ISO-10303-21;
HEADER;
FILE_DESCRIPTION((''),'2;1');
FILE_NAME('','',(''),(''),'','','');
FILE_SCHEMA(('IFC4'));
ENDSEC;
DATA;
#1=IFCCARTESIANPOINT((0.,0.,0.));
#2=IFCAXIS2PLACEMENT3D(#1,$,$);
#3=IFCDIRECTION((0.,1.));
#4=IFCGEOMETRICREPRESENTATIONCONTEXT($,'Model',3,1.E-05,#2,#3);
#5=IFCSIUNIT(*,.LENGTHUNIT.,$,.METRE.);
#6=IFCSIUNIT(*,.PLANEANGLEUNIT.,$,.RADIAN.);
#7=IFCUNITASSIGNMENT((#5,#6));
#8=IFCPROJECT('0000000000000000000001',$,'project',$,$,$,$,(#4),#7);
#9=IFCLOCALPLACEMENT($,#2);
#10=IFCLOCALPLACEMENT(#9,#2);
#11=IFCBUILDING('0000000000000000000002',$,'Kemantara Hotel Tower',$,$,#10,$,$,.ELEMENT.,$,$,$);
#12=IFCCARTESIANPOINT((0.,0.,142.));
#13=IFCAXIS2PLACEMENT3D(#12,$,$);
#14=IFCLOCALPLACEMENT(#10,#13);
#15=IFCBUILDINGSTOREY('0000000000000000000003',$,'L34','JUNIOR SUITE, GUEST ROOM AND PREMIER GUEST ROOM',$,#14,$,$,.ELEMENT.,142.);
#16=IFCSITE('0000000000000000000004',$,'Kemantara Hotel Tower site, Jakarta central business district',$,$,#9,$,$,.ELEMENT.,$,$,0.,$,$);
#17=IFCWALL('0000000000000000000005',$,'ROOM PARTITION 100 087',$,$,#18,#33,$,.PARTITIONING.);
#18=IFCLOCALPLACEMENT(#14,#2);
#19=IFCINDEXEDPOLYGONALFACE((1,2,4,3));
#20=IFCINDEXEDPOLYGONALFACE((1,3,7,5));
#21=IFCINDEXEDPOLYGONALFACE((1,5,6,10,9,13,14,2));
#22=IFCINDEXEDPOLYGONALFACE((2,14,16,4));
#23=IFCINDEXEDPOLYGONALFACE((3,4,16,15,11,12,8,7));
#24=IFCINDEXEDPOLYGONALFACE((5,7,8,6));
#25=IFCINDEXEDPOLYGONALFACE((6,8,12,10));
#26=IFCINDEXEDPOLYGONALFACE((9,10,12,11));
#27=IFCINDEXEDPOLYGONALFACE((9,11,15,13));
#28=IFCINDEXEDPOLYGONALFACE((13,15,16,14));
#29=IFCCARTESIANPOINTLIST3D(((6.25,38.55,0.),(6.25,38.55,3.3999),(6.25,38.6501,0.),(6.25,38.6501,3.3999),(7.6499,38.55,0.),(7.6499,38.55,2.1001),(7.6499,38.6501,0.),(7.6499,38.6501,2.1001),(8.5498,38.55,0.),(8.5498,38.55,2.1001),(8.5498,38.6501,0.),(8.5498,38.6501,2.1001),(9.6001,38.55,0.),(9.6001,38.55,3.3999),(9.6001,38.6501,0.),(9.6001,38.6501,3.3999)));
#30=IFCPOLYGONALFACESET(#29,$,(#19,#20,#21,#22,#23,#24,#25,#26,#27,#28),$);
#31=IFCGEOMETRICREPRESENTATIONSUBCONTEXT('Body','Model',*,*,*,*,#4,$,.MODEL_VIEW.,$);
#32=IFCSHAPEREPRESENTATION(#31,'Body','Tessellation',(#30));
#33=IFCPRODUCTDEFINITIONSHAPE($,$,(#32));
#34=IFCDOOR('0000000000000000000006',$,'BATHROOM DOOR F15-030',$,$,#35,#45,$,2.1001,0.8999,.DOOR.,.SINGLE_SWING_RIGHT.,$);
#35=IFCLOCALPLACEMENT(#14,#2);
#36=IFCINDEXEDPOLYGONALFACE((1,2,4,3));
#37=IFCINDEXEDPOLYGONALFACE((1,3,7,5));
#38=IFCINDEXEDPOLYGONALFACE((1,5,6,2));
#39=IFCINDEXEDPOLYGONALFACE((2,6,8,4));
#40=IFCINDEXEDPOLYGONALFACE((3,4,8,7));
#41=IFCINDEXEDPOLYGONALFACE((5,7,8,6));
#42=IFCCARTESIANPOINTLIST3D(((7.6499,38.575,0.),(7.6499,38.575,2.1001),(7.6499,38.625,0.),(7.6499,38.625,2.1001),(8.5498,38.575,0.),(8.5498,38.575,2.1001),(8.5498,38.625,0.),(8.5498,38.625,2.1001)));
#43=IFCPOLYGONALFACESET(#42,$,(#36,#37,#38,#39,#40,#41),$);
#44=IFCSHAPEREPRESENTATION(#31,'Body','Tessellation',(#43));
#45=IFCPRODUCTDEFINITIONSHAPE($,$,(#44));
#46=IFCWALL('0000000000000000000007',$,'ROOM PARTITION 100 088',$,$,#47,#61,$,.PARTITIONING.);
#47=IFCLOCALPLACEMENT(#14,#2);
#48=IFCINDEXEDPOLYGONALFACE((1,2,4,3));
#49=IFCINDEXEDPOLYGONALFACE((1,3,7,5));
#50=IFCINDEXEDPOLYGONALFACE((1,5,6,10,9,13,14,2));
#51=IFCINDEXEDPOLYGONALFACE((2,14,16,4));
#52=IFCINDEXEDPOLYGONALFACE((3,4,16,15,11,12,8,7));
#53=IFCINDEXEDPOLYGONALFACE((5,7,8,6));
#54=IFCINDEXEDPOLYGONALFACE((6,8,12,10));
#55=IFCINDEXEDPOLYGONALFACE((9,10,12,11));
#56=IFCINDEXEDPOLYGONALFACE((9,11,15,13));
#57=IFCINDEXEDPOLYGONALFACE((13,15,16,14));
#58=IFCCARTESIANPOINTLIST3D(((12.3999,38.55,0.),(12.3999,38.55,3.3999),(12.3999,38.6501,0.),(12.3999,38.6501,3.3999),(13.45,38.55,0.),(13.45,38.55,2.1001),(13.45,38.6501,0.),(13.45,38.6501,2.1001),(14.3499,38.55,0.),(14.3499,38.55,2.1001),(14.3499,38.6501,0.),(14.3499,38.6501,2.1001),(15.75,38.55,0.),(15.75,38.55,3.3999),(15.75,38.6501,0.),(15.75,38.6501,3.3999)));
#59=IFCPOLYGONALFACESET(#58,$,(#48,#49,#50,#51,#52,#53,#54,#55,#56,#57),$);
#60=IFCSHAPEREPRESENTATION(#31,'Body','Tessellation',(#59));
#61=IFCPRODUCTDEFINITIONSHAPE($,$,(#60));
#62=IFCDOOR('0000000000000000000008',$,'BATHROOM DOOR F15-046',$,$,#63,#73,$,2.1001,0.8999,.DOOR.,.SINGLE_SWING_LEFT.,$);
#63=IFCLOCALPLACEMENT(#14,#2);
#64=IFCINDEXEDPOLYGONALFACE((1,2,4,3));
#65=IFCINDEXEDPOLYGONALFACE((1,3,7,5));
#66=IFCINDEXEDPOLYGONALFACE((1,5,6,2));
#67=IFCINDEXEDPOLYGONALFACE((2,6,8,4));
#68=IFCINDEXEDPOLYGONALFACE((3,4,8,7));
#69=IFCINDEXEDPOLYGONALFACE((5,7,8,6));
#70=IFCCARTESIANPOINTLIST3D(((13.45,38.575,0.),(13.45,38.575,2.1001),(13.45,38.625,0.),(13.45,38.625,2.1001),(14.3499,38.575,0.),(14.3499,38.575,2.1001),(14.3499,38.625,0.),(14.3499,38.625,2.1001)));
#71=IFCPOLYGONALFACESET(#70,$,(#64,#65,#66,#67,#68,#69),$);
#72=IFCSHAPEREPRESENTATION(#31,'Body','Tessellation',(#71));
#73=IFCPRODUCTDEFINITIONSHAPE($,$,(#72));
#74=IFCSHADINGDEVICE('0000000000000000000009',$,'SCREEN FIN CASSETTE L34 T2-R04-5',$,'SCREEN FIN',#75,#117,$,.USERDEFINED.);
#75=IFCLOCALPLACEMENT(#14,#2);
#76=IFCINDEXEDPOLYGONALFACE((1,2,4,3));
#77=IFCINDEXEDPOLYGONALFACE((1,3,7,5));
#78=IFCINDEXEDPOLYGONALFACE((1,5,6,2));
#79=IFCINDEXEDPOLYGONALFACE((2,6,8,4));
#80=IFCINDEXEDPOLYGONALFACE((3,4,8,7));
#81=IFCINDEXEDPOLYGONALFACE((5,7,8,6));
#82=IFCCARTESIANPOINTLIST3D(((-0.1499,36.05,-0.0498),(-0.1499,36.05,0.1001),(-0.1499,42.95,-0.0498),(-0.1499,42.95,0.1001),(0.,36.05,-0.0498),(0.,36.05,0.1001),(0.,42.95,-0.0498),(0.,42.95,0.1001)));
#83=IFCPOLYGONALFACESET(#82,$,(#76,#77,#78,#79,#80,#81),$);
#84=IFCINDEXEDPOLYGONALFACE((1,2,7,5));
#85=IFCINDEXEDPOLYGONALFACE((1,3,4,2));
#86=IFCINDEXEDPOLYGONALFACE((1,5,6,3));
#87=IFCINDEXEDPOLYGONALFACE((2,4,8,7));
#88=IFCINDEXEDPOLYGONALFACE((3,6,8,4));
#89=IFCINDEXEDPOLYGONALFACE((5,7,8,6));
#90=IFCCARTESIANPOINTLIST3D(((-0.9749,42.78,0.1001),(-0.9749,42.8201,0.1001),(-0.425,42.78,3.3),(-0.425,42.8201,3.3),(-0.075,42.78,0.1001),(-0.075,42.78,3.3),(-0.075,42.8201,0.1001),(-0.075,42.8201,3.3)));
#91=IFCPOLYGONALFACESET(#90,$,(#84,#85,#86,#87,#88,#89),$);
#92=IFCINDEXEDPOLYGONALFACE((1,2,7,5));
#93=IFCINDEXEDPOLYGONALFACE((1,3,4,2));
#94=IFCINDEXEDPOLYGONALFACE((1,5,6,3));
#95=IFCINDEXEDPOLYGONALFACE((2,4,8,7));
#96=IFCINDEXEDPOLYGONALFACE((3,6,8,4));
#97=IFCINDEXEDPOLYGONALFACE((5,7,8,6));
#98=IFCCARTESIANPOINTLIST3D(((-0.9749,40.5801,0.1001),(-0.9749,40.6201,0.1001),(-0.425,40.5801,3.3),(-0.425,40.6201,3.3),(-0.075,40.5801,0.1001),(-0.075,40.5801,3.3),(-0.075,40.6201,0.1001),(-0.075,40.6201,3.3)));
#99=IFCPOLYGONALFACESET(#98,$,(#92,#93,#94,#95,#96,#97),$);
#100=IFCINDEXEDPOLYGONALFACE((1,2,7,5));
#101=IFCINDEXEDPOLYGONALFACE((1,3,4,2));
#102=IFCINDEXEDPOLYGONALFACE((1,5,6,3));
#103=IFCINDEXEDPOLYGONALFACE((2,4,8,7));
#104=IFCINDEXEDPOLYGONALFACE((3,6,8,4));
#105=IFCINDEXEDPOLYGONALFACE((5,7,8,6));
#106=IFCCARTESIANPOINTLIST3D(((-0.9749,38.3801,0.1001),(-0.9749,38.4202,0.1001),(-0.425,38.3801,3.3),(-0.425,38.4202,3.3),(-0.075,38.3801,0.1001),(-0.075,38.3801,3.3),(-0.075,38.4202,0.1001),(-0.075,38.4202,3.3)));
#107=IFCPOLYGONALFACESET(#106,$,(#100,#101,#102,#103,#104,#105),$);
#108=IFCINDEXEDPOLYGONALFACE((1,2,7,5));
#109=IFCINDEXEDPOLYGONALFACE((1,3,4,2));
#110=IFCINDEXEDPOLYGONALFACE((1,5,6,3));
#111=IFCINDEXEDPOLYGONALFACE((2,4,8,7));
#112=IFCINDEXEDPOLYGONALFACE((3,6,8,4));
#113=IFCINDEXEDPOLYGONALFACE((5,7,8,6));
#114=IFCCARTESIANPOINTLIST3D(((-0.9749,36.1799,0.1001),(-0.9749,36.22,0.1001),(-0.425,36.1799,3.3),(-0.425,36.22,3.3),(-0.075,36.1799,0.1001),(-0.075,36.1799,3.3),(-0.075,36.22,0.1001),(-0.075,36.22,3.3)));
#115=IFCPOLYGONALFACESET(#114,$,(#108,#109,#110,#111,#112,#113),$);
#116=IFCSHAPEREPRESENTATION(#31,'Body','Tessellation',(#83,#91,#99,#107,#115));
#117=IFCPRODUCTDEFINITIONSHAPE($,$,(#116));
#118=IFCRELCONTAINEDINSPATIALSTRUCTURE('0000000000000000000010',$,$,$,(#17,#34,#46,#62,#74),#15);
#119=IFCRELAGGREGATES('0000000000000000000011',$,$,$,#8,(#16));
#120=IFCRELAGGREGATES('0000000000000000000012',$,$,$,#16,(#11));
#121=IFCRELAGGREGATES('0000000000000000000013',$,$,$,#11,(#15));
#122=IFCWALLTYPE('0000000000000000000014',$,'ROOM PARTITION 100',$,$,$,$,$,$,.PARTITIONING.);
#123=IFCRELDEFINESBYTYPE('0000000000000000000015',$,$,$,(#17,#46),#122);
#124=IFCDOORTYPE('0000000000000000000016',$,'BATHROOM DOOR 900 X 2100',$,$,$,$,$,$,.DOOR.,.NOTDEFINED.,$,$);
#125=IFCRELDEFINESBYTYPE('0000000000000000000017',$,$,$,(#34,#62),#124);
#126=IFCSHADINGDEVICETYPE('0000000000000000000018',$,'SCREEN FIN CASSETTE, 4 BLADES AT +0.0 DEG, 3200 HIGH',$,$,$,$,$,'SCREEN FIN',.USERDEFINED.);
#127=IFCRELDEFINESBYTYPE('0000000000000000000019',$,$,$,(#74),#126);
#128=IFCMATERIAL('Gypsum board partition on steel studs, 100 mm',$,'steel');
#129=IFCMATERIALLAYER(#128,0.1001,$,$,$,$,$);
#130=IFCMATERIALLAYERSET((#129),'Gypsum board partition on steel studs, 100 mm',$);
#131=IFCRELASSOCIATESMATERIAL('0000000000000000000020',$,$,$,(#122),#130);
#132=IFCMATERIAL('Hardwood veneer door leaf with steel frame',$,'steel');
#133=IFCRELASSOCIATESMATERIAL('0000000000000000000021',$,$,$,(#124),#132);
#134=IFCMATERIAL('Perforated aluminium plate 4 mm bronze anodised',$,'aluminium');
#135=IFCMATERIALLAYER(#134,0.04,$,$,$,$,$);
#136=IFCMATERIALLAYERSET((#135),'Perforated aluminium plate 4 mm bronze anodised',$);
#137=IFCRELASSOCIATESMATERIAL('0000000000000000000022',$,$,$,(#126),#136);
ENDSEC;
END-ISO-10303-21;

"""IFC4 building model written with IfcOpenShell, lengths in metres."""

from ifc_helpers import new_model, si_unit, direction, frame, frame_2d, origin, origin_2d, place, context, subcontext, project, spatial, polyline, rectangle, outline, extrude, source, transform, mapped, material, layer, layer_set, type_object, element, fill, save


model = new_model("IFC4")

# Units and contexts
model_context = context("Model", 3, precision=1e-05, world=origin(), true_north=direction((0.0, 1.0)))
body_context = subcontext(model_context, "Body", "Model", "MODEL_VIEW")
ifc_project = project(units=[si_unit("LENGTHUNIT", "METRE"), si_unit("PLANEANGLEUNIT", "RADIAN")], contexts=[model_context])

# Site, building, storey
site_placement = place(None, origin())
site = spatial("IfcSite", under=ifc_project, at=site_placement, Name="Kemantara Hotel Tower site, Jakarta central business district", CompositionType="ELEMENT", RefElevation=0.0)
building_placement = place(site_placement, origin())
building = spatial("IfcBuilding", under=site, at=building_placement, Name="Kemantara Hotel Tower", CompositionType="ELEMENT")
storey_placement = place(building_placement, frame((0.0, 0.0, 142.0)))
storey = spatial("IfcBuildingStorey", under=building, at=storey_placement, Name="L34", Description="JUNIOR SUITE, GUEST ROOM AND PREMIER GUEST ROOM", CompositionType="ELEMENT", Elevation=142.0)

# Shared definitions
ifc_material_1 = material(Name="Hardwood veneer door leaf with steel frame", Category="steel")

# Shared definitions
ifc_material_2 = material(Name="Gypsum board partition on steel studs, 100 mm", Category="steel")
ifc_layer_1 = layer(ifc_material_2, 0.1001)
ifc_layer_set_1 = layer_set([ifc_layer_1], Name="Gypsum board partition on steel studs, 100 mm")
wall_type_1 = type_object("IfcWallType", Name="ROOM PARTITION 100", PredefinedType="PARTITIONING", material=ifc_layer_set_1)

# Walls, openings, doors
wall_1_placement = place(storey_placement, frame((6.25, 38.6001, 0.0), z_axis=(0.0, 0.0, 1.0), x_axis=(1.0, 0.0, 0.0)))
wall_1 = element("IfcWall", 1, at=wall_1_placement, inside=storey, type_object=wall_type_1, Name="ROOM PARTITION 100 087", PredefinedType="PARTITIONING", context=body_context, shape_type="SweptSolid", body=[
    extrude(rectangle(XDim=3.3501, YDim=0.1001, at=frame_2d((1.675, 0.0))), origin(), (0.0, 0.0, 1.0), 3.3999),
])
opening_1_placement = place(wall_1_placement, frame((1.3999, 0.0, 0.0)))
opening_1 = element("IfcOpeningElement", 2, at=opening_1_placement, cuts=wall_1, PredefinedType="OPENING", context=body_context, shape_type="SweptSolid", body=[
    extrude(rectangle(XDim=0.8999, YDim=2.1001, at=frame_2d((0.45, 1.05))), frame((0.0, 0.0601, 0.0), z_axis=(0.0, -1.0, 0.0), x_axis=(1.0, 0.0, 0.0)), (0.0, 0.0, 1.0), 0.1201),
])
door_type_1 = type_object("IfcDoorType", Name="BATHROOM DOOR 900 X 2100", OperationType="NOTDEFINED", PredefinedType="DOOR", material=ifc_material_1)
door_1_placement = place(opening_1_placement, origin())
door_1 = element("IfcDoor", 3, at=door_1_placement, inside=storey, type_object=door_type_1, Name="BATHROOM DOOR F15-030", OperationType="SINGLE_SWING_RIGHT", OverallHeight=2.1001, OverallWidth=0.8999, PredefinedType="DOOR", context=body_context, shape_type="SweptSolid", body=[
    extrude(rectangle(XDim=0.8999, YDim=2.1001, at=frame_2d((0.45, 1.05))), frame((0.0, 0.0249, 0.0), z_axis=(0.0, -1.0, 0.0), x_axis=(1.0, 0.0, 0.0)), (0.0, 0.0, 1.0), 0.05),
])
fill(opening_1, door_1)
wall_2_placement = place(storey_placement, frame((12.3999, 38.6001, 0.0), z_axis=(0.0, 0.0, 1.0), x_axis=(1.0, 0.0, 0.0)))
wall_2 = element("IfcWall", 4, at=wall_2_placement, inside=storey, type_object=wall_type_1, Name="ROOM PARTITION 100 088", PredefinedType="PARTITIONING", context=body_context, shape_type="SweptSolid", body=[
    extrude(rectangle(XDim=3.3501, YDim=0.1001, at=frame_2d((1.675, 0.0))), origin(), (0.0, 0.0, 1.0), 3.3999),
])
opening_2_placement = place(wall_2_placement, frame((1.05, 0.0, 0.0)))
opening_2 = element("IfcOpeningElement", 5, at=opening_2_placement, cuts=wall_2, PredefinedType="OPENING", context=body_context, shape_type="SweptSolid", body=[
    extrude(rectangle(XDim=0.8999, YDim=2.1001, at=frame_2d((0.45, 1.05))), frame((0.0, 0.0601, 0.0), z_axis=(0.0, -1.0, 0.0), x_axis=(1.0, 0.0, 0.0)), (0.0, 0.0, 1.0), 0.1201),
])
door_2_placement = place(opening_2_placement, origin())
door_2 = element("IfcDoor", 6, at=door_2_placement, inside=storey, type_object=door_type_1, Name="BATHROOM DOOR F15-046", OperationType="SINGLE_SWING_LEFT", OverallHeight=2.1001, OverallWidth=0.8999, PredefinedType="DOOR", context=body_context, shape_type="SweptSolid", body=[
    extrude(rectangle(XDim=0.8999, YDim=2.1001, at=frame_2d((0.45, 1.05))), frame((0.0, 0.0249, 0.0), z_axis=(0.0, -1.0, 0.0), x_axis=(1.0, 0.0, 0.0)), (0.0, 0.0, 1.0), 0.05),
])
fill(opening_2, door_2)

# Shading device
ifc_material_3 = material(Name="Perforated aluminium plate 4 mm bronze anodised", Category="aluminium")
ifc_layer_2 = layer(ifc_material_3, 0.04)
ifc_layer_set_2 = layer_set([ifc_layer_2], Name="Perforated aluminium plate 4 mm bronze anodised")
shading_device_type = type_object("IfcShadingDeviceType", Name="SCREEN FIN CASSETTE, 4 BLADES AT +0.0 DEG, 3200 HIGH", ElementType="SCREEN FIN", PredefinedType="USERDEFINED", material=ifc_layer_set_2)
shared_shape = source(origin(), body_context, "Body", "SweptSolid", [
    extrude(rectangle(XDim=6.8999, YDim=0.1499, at=origin_2d()), frame((3.3, -0.075, -0.1499), z_axis=(0.0, 0.0, 1.0), x_axis=(1.0, 0.0, 0.0)), (0.0, 0.0, 1.0), 0.1499),
    extrude(outline(polyline([(0.0, 0.0), (0.8999, 0.0), (0.3501, 3.2), (0.0, 3.2), (0.0, 0.0)])), frame((0.02, -0.075, 0.0), z_axis=(-1.0, 0.0, 0.0), x_axis=(0.0, -1.0, 0.0)), (0.0, 0.0, 1.0), 0.04),
    extrude(outline(polyline([(0.0, 0.0), (0.8999, 0.0), (0.3501, 3.2), (0.0, 3.2), (0.0, 0.0)])), frame((2.22, -0.075, 0.0), z_axis=(-1.0, 0.0, 0.0), x_axis=(0.0, -1.0, 0.0)), (0.0, 0.0, 1.0), 0.04),
    extrude(outline(polyline([(0.0, 0.0), (0.8999, 0.0), (0.3501, 3.2), (0.0, 3.2), (0.0, 0.0)])), frame((4.4199, -0.075, 0.0), z_axis=(-1.0, 0.0, 0.0), x_axis=(0.0, -1.0, 0.0)), (0.0, 0.0, 1.0), 0.04),
    extrude(outline(polyline([(0.0, 0.0), (0.8999, 0.0), (0.3501, 3.2), (0.0, 3.2), (0.0, 0.0)])), frame((6.6201, -0.075, 0.0), z_axis=(-1.0, 0.0, 0.0), x_axis=(0.0, -1.0, 0.0)), (0.0, 0.0, 1.0), 0.04),
])
shading_device_placement = place(storey_placement, frame((0.0, 42.8, 0.1001), z_axis=(0.0, 0.0, 1.0), x_axis=(0.0, -1.0, 0.0)))
element("IfcShadingDevice", 7, at=shading_device_placement, inside=storey, type_object=shading_device_type, Name="SCREEN FIN CASSETTE L34 T2-R04-5", ObjectType="SCREEN FIN", PredefinedType="USERDEFINED", context=body_context, shape_type="MappedRepresentation", body=[
    mapped(shared_shape, transform((0.0, 0.0, 0.0))),
])

save(model, "model.ifc")
